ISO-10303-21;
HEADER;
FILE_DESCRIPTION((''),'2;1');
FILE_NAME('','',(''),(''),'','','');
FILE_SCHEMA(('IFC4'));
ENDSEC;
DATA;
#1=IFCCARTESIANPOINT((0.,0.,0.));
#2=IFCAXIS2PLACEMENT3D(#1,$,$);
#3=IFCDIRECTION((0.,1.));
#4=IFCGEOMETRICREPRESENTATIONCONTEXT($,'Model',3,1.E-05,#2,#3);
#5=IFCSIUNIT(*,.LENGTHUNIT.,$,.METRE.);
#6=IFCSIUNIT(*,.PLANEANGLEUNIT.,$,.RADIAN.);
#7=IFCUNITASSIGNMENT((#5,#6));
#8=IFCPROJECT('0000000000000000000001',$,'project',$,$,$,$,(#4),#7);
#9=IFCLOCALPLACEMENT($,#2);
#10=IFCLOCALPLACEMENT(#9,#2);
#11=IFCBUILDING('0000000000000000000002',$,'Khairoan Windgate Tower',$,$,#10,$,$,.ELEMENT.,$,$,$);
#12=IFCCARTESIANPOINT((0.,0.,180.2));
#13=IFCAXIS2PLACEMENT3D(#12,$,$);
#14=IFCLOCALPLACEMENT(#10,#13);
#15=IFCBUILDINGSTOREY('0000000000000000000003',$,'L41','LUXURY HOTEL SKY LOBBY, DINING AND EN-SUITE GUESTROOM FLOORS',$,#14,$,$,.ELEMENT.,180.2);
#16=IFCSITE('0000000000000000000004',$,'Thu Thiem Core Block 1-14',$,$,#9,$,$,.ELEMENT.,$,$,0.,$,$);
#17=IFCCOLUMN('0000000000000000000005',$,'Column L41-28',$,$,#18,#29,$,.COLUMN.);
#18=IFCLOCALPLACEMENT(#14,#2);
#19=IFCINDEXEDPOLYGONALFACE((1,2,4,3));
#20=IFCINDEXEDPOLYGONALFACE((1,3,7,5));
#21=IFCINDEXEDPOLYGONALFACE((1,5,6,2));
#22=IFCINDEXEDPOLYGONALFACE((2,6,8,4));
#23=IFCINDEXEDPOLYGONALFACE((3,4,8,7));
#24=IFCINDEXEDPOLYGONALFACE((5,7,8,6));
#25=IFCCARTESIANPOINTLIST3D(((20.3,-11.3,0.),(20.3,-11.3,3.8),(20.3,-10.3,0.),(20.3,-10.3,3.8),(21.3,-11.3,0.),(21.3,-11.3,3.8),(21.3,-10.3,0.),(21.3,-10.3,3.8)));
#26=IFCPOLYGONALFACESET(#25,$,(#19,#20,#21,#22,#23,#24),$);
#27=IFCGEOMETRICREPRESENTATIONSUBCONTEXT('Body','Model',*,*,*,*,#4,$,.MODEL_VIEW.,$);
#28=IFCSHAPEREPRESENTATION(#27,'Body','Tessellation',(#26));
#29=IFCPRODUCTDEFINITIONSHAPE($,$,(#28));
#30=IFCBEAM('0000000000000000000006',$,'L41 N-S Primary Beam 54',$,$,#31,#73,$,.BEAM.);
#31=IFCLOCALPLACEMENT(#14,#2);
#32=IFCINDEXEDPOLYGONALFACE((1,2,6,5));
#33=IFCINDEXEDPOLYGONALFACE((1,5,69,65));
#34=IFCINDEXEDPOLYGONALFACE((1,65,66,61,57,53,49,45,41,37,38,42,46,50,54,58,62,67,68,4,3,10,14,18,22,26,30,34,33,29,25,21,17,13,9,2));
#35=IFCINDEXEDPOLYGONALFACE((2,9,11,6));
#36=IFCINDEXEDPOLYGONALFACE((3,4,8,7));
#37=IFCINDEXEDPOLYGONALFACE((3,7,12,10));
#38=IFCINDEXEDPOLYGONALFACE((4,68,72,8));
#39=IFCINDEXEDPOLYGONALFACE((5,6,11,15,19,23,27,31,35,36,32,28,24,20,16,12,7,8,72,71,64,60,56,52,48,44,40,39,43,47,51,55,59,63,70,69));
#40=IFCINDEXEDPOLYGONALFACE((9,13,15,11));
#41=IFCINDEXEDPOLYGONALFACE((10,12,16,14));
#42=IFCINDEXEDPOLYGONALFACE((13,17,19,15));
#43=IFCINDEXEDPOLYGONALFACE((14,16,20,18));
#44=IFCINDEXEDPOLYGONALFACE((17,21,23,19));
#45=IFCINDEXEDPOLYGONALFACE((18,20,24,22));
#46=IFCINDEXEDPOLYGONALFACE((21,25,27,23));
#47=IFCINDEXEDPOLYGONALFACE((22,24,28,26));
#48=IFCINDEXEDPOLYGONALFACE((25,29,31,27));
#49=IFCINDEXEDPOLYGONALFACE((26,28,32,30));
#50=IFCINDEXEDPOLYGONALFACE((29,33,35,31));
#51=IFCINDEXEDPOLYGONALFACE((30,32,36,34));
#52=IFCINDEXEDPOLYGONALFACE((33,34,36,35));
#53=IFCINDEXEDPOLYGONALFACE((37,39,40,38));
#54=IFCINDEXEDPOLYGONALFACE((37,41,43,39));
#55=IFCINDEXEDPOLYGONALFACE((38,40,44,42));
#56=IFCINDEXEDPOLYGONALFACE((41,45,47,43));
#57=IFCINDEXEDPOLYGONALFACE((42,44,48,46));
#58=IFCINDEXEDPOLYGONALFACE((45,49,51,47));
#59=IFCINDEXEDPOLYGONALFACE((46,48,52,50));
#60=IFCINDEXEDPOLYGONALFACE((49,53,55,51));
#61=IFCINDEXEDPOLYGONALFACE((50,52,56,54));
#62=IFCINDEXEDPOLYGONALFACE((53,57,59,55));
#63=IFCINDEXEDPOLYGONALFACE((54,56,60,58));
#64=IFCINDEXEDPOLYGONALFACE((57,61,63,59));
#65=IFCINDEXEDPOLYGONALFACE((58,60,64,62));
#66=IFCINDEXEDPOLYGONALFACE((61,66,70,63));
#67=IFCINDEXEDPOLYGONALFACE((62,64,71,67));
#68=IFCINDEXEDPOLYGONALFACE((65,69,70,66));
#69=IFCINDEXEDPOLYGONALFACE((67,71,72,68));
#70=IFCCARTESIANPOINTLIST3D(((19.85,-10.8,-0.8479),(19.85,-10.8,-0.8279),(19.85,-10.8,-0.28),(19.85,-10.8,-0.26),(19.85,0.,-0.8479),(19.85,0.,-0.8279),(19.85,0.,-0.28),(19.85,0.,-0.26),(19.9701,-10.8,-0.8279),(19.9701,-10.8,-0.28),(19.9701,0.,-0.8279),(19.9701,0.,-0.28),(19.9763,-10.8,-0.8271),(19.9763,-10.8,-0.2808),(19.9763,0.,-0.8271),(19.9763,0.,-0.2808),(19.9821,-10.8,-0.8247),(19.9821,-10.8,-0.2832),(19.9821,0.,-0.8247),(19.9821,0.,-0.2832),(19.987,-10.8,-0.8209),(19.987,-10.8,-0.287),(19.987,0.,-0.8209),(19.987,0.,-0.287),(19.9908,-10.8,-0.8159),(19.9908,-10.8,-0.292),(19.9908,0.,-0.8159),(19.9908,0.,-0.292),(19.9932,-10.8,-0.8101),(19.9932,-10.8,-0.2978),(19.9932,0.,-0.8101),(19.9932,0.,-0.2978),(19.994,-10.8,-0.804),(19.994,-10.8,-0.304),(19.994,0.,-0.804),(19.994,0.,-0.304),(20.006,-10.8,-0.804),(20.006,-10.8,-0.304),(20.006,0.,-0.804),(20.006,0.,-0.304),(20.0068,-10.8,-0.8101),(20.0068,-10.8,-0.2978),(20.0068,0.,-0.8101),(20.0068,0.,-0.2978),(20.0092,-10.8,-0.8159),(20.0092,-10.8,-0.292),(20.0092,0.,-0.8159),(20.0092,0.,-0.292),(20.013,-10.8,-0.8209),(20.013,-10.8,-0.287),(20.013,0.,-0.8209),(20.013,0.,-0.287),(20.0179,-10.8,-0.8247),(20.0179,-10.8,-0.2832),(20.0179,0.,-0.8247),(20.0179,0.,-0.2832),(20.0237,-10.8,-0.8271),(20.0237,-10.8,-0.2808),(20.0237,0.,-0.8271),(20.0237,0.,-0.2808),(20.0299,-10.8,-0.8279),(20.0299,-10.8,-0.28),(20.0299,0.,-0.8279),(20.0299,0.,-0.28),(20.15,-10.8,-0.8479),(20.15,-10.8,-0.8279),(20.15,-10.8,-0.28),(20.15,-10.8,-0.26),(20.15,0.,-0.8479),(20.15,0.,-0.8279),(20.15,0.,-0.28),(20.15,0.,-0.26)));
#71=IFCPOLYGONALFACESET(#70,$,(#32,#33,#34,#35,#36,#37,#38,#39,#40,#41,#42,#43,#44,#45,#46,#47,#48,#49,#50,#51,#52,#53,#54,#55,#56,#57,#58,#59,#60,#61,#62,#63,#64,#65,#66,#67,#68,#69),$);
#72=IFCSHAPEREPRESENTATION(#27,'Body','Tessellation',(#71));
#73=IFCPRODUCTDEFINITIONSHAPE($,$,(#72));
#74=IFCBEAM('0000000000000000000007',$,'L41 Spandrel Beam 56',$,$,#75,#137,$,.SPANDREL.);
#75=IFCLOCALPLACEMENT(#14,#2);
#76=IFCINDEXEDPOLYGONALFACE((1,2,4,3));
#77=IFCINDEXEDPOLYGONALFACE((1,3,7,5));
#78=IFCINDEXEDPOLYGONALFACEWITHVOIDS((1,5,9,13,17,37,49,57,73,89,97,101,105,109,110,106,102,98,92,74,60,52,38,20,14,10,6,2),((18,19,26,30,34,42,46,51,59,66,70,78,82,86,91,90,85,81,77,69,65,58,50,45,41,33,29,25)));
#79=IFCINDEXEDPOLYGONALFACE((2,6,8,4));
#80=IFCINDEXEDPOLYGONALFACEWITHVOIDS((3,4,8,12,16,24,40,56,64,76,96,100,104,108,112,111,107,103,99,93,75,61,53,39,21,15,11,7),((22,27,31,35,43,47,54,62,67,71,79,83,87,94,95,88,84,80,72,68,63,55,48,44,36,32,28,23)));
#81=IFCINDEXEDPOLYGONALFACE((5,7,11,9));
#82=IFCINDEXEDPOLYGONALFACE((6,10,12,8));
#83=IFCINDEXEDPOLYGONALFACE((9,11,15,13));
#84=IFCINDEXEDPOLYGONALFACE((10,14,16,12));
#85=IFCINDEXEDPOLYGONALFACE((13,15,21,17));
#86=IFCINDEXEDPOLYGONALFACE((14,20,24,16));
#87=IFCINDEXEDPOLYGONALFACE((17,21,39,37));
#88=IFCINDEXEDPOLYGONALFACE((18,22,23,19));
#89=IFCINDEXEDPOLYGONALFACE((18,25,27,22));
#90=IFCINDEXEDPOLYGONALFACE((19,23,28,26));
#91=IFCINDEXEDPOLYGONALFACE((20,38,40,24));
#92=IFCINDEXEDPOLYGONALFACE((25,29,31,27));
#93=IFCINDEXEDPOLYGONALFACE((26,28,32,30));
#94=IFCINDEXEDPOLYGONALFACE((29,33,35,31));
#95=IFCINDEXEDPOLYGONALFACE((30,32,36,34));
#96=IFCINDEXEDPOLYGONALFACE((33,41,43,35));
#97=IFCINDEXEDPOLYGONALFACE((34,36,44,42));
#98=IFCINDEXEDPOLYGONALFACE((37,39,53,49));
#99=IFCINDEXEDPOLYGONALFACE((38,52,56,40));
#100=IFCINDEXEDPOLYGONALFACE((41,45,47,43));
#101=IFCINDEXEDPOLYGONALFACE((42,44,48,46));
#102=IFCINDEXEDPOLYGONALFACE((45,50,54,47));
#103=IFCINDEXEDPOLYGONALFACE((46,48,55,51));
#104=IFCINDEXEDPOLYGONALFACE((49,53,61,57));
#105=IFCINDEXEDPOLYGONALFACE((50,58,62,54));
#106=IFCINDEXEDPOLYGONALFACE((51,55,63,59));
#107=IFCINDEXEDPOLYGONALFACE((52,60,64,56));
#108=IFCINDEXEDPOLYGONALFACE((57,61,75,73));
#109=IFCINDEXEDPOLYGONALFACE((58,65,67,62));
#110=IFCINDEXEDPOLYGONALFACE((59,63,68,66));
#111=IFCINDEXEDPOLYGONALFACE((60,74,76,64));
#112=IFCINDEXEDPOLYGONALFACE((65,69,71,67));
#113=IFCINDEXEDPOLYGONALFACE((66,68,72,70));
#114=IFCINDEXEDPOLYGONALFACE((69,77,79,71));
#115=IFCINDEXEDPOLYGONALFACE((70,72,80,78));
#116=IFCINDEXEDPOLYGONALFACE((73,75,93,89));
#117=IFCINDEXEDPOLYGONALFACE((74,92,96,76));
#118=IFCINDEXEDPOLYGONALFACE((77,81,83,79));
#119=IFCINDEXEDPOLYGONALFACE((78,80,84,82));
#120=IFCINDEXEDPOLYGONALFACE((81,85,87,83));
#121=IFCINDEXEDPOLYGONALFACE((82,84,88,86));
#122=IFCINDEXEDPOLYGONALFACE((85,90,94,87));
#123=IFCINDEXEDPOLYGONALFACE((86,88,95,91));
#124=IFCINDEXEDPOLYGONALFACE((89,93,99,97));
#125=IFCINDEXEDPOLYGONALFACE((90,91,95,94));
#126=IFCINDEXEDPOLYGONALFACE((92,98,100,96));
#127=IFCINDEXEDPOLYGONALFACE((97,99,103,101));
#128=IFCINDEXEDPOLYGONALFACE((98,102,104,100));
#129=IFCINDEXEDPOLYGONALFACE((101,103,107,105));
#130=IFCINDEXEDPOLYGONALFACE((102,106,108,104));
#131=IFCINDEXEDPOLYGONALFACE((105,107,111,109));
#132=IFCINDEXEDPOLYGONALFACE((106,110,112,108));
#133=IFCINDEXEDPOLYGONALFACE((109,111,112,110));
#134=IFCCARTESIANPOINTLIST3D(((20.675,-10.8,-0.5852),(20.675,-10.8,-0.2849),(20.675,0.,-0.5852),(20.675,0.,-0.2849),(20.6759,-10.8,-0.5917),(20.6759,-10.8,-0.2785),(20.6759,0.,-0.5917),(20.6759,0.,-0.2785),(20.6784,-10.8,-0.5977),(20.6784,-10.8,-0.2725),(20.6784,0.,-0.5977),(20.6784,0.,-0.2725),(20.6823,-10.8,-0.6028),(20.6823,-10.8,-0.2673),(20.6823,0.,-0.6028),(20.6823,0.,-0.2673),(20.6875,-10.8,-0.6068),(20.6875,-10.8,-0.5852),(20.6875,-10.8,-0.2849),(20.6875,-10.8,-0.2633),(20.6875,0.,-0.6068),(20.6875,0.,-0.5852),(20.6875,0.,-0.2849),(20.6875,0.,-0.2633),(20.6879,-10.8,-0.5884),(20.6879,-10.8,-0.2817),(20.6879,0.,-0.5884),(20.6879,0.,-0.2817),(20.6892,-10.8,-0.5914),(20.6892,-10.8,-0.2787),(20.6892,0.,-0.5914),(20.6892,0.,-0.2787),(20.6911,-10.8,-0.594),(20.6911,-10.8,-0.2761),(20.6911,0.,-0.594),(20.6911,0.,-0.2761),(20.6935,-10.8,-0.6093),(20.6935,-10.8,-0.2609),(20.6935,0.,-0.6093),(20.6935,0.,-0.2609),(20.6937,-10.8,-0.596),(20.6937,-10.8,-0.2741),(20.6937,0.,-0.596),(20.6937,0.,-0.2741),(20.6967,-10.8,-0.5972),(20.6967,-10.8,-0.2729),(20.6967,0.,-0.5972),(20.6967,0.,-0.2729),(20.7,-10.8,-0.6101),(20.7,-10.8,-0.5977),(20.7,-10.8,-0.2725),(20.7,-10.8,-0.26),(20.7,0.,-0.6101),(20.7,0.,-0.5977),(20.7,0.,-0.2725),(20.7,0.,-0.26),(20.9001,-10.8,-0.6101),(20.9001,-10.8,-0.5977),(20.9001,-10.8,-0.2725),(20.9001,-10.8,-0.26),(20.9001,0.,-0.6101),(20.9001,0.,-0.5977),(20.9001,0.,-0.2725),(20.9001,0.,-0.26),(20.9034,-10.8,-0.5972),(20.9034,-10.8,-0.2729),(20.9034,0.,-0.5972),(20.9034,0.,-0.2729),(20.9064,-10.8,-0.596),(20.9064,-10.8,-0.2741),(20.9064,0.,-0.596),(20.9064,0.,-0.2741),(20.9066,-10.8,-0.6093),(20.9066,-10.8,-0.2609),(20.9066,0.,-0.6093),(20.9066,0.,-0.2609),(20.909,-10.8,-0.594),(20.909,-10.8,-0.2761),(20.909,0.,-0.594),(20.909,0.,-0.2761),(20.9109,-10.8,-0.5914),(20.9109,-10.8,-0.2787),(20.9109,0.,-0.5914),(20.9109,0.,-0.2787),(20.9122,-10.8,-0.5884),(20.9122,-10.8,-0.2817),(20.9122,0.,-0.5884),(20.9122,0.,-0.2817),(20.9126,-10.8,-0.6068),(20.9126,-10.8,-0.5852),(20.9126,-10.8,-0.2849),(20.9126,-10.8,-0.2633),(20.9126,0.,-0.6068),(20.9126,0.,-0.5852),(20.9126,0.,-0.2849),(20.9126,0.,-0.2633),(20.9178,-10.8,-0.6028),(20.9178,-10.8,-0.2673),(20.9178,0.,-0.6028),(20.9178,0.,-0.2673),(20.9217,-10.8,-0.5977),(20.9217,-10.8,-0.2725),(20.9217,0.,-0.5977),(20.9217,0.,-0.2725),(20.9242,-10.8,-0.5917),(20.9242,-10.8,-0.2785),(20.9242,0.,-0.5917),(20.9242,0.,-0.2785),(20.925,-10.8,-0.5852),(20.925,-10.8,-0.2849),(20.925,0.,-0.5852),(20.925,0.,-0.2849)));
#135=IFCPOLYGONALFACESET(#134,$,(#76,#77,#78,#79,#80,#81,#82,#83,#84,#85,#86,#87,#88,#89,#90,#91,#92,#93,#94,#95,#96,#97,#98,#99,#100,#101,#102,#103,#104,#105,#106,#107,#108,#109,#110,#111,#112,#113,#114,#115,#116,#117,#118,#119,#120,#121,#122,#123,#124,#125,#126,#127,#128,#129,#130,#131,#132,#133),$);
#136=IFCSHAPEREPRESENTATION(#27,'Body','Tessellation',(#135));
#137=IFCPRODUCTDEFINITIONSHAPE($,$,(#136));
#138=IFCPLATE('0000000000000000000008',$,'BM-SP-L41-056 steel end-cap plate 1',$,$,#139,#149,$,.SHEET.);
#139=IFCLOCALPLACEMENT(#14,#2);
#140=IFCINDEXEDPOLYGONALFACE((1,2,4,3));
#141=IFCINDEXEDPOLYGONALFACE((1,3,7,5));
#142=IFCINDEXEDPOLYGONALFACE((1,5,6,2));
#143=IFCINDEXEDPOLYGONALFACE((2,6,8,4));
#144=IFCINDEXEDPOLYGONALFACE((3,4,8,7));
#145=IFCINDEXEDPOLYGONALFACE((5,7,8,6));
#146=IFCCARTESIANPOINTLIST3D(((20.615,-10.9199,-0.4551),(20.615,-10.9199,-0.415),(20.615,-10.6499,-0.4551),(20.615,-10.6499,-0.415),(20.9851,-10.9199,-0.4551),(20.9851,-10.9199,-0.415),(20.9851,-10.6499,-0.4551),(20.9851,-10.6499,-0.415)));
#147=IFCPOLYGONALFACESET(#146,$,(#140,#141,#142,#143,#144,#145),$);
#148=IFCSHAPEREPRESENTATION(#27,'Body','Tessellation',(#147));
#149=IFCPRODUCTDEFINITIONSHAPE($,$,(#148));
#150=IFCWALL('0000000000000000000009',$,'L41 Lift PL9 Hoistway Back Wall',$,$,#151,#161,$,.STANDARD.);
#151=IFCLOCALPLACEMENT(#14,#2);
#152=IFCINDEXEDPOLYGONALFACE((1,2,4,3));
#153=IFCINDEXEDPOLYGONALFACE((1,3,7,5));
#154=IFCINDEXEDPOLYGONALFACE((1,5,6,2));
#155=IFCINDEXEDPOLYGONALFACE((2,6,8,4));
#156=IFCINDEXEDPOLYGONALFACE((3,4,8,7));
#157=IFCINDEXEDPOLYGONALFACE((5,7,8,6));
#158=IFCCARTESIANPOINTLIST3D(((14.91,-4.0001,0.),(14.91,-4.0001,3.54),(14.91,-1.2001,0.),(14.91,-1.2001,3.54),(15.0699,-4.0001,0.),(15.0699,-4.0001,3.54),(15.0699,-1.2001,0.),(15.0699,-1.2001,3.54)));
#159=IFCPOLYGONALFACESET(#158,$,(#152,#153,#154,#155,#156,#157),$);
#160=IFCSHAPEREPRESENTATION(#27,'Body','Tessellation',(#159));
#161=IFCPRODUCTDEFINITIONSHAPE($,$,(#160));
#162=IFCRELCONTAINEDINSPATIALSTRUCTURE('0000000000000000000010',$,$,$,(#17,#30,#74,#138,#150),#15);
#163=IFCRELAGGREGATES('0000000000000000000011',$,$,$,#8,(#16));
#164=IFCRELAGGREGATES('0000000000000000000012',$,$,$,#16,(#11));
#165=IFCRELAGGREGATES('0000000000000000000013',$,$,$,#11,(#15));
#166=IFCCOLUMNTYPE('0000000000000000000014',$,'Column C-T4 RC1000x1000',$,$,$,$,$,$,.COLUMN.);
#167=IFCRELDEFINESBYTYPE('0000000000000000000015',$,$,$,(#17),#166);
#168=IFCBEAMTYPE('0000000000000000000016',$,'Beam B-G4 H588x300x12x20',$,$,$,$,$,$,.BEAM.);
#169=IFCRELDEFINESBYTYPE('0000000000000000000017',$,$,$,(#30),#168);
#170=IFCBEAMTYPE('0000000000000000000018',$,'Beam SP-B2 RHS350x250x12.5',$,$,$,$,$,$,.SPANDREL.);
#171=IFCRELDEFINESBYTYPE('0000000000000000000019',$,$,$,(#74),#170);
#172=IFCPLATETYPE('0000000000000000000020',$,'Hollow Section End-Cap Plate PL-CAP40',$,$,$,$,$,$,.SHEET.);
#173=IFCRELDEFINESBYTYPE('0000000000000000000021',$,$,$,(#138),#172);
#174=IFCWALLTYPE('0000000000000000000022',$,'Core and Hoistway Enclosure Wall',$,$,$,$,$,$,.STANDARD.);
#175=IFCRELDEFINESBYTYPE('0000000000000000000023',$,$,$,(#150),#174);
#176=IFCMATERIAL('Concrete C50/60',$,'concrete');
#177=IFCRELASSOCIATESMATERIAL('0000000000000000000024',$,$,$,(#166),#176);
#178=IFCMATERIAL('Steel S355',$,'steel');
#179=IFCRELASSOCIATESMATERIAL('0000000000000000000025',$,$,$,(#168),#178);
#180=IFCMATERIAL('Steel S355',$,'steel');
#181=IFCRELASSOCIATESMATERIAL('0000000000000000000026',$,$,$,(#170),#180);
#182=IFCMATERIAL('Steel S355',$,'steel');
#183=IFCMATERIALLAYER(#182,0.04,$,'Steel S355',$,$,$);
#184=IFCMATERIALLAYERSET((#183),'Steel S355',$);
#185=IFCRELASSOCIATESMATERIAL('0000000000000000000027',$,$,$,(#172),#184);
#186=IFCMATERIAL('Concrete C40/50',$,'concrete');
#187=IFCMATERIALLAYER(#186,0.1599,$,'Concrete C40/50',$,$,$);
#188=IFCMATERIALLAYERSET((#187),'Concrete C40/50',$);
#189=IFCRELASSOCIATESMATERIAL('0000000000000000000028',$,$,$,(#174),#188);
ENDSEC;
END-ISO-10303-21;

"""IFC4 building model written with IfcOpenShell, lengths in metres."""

from ifc_helpers import new_model, si_unit, direction, frame, frame_2d, origin, origin_2d, place, context, subcontext, project, spatial, rectangle, hollow_rectangle, i_section, extrude, material, layer, layer_set, material_profile, profile_set, type_object, element, save


model = new_model("IFC4")

# Units and contexts
model_context = context("Model", 3, precision=1e-05, world=origin(), true_north=direction((0.0, 1.0)))
body_context = subcontext(model_context, "Body", "Model", "MODEL_VIEW")
ifc_project = project(units=[si_unit("LENGTHUNIT", "METRE"), si_unit("PLANEANGLEUNIT", "RADIAN")], contexts=[model_context])

# Site, building, storey
site_placement = place(None, origin())
site = spatial("IfcSite", under=ifc_project, at=site_placement, Name="Thu Thiem Core Block 1-14", CompositionType="ELEMENT", RefElevation=0.0)
building_placement = place(site_placement, origin())
building = spatial("IfcBuilding", under=site, at=building_placement, Name="Khairoan Windgate Tower", CompositionType="ELEMENT")
storey_placement = place(building_placement, frame((0.0, 0.0, 180.2)))
storey = spatial("IfcBuildingStorey", under=building, at=storey_placement, Name="L41", Description="LUXURY HOTEL SKY LOBBY, DINING AND EN-SUITE GUESTROOM FLOORS", CompositionType="ELEMENT", Elevation=180.2)

# Column
ifc_material_1 = material(Name="Concrete C50/60", Category="concrete")
ifc_material_profile_1 = material_profile(ifc_material_1, rectangle(XDim=1.0, YDim=1.0, at=origin_2d()))
ifc_profile_set_1 = profile_set([ifc_material_profile_1], Name="Concrete C50/60")
column_type = type_object("IfcColumnType", Name="Column C-T4 RC1000x1000", PredefinedType="COLUMN", material=ifc_profile_set_1)
column_placement = place(storey_placement, frame((20.8, -10.8, 0.0), z_axis=(0.0, 0.0, 1.0), x_axis=(1.0, 0.0, 0.0)))
element("IfcColumn", 1, at=column_placement, inside=storey, type_object=column_type, Name="Column L41-28", PredefinedType="COLUMN", context=body_context, shape_type="SweptSolid", body=[
    extrude(rectangle(XDim=1.0, YDim=1.0, at=origin_2d()), origin(), (0.0, 0.0, 1.0), 3.8),
])

# Beams
ifc_material_2 = material(Name="Steel S355", Category="steel")
ifc_material_profile_2 = material_profile(ifc_material_2, i_section(OverallWidth=0.3, OverallDepth=0.5879, WebThickness=0.012, FlangeThickness=0.02, FilletRadius=0.0239, at=origin_2d()))
ifc_profile_set_2 = profile_set([ifc_material_profile_2], Name="Steel S355")
beam_type_1 = type_object("IfcBeamType", Name="Beam B-G4 H588x300x12x20", PredefinedType="BEAM", material=ifc_profile_set_2)
beam_1_placement = place(storey_placement, frame((20.0, -10.8, -0.554), z_axis=(0.0, 1.0, 0.0), x_axis=(-1.0, 0.0, 0.0)))
element("IfcBeam", 2, at=beam_1_placement, inside=storey, type_object=beam_type_1, Name="L41 N-S Primary Beam 54", PredefinedType="BEAM", context=body_context, shape_type="SweptSolid", body=[
    extrude(i_section(OverallWidth=0.3, OverallDepth=0.5879, WebThickness=0.012, FlangeThickness=0.02, FilletRadius=0.0239, at=origin_2d()), origin(), (0.0, 0.0, 1.0), 10.8),
])
ifc_material_3 = material(Name="Steel S355", Category="steel")
ifc_material_profile_3 = material_profile(ifc_material_3, hollow_rectangle(XDim=0.25, YDim=0.3501, WallThickness=0.0125, InnerFilletRadius=0.0125, OuterFilletRadius=0.0249, at=origin_2d()))
ifc_profile_set_3 = profile_set([ifc_material_profile_3], Name="Steel S355")
beam_type_2 = type_object("IfcBeamType", Name="Beam SP-B2 RHS350x250x12.5", PredefinedType="SPANDREL", material=ifc_profile_set_3)
beam_2_placement = place(storey_placement, frame((20.8, -10.8, -0.4351), z_axis=(0.0, 1.0, 0.0), x_axis=(-1.0, 0.0, 0.0)))
element("IfcBeam", 3, at=beam_2_placement, inside=storey, type_object=beam_type_2, Name="L41 Spandrel Beam 56", PredefinedType="SPANDREL", context=body_context, shape_type="SweptSolid", body=[
    extrude(hollow_rectangle(XDim=0.25, YDim=0.3501, WallThickness=0.0125, InnerFilletRadius=0.0125, OuterFilletRadius=0.0249, at=origin_2d()), origin(), (0.0, 0.0, 1.0), 10.8),
])

# Plate
ifc_material_4 = material(Name="Steel S355", Category="steel")
ifc_layer_1 = layer(ifc_material_4, 0.04, Name="Steel S355")
ifc_layer_set_1 = layer_set([ifc_layer_1], Name="Steel S355")
plate_type = type_object("IfcPlateType", Name="Hollow Section End-Cap Plate PL-CAP40", PredefinedType="SHEET", material=ifc_layer_set_1)
plate_placement = place(storey_placement, frame((20.8, -10.7849, -0.4551), z_axis=(0.0, 0.0, 1.0), x_axis=(0.0, 1.0, 0.0)))
element("IfcPlate", 4, at=plate_placement, inside=storey, type_object=plate_type, Name="BM-SP-L41-056 steel end-cap plate 1", PredefinedType="SHEET", context=body_context, shape_type="SweptSolid", body=[
    extrude(rectangle(XDim=0.27, YDim=0.3701, at=origin_2d()), origin(), (0.0, 0.0, 1.0), 0.04),
])

# Wall
ifc_material_5 = material(Name="Concrete C40/50", Category="concrete")
ifc_layer_2 = layer(ifc_material_5, 0.1599, Name="Concrete C40/50")
ifc_layer_set_2 = layer_set([ifc_layer_2], Name="Concrete C40/50")
wall_type_1 = type_object("IfcWallType", Name="Core and Hoistway Enclosure Wall", PredefinedType="STANDARD", material=ifc_layer_set_2)
wall_1_placement = place(storey_placement, frame((14.99, -4.0, 0.0), z_axis=(0.0, 0.0, 1.0), x_axis=(0.0, 1.0, 0.0)))
element("IfcWall", 5, at=wall_1_placement, inside=storey, type_object=wall_type_1, Name="L41 Lift PL9 Hoistway Back Wall", PredefinedType="STANDARD", context=body_context, shape_type="SweptSolid", body=[
    extrude(rectangle(XDim=2.8, YDim=0.1599, at=frame_2d((1.3999, 0.0))), origin(), (0.0, 0.0, 1.0), 3.54),
])

save(model, "model.ifc")
